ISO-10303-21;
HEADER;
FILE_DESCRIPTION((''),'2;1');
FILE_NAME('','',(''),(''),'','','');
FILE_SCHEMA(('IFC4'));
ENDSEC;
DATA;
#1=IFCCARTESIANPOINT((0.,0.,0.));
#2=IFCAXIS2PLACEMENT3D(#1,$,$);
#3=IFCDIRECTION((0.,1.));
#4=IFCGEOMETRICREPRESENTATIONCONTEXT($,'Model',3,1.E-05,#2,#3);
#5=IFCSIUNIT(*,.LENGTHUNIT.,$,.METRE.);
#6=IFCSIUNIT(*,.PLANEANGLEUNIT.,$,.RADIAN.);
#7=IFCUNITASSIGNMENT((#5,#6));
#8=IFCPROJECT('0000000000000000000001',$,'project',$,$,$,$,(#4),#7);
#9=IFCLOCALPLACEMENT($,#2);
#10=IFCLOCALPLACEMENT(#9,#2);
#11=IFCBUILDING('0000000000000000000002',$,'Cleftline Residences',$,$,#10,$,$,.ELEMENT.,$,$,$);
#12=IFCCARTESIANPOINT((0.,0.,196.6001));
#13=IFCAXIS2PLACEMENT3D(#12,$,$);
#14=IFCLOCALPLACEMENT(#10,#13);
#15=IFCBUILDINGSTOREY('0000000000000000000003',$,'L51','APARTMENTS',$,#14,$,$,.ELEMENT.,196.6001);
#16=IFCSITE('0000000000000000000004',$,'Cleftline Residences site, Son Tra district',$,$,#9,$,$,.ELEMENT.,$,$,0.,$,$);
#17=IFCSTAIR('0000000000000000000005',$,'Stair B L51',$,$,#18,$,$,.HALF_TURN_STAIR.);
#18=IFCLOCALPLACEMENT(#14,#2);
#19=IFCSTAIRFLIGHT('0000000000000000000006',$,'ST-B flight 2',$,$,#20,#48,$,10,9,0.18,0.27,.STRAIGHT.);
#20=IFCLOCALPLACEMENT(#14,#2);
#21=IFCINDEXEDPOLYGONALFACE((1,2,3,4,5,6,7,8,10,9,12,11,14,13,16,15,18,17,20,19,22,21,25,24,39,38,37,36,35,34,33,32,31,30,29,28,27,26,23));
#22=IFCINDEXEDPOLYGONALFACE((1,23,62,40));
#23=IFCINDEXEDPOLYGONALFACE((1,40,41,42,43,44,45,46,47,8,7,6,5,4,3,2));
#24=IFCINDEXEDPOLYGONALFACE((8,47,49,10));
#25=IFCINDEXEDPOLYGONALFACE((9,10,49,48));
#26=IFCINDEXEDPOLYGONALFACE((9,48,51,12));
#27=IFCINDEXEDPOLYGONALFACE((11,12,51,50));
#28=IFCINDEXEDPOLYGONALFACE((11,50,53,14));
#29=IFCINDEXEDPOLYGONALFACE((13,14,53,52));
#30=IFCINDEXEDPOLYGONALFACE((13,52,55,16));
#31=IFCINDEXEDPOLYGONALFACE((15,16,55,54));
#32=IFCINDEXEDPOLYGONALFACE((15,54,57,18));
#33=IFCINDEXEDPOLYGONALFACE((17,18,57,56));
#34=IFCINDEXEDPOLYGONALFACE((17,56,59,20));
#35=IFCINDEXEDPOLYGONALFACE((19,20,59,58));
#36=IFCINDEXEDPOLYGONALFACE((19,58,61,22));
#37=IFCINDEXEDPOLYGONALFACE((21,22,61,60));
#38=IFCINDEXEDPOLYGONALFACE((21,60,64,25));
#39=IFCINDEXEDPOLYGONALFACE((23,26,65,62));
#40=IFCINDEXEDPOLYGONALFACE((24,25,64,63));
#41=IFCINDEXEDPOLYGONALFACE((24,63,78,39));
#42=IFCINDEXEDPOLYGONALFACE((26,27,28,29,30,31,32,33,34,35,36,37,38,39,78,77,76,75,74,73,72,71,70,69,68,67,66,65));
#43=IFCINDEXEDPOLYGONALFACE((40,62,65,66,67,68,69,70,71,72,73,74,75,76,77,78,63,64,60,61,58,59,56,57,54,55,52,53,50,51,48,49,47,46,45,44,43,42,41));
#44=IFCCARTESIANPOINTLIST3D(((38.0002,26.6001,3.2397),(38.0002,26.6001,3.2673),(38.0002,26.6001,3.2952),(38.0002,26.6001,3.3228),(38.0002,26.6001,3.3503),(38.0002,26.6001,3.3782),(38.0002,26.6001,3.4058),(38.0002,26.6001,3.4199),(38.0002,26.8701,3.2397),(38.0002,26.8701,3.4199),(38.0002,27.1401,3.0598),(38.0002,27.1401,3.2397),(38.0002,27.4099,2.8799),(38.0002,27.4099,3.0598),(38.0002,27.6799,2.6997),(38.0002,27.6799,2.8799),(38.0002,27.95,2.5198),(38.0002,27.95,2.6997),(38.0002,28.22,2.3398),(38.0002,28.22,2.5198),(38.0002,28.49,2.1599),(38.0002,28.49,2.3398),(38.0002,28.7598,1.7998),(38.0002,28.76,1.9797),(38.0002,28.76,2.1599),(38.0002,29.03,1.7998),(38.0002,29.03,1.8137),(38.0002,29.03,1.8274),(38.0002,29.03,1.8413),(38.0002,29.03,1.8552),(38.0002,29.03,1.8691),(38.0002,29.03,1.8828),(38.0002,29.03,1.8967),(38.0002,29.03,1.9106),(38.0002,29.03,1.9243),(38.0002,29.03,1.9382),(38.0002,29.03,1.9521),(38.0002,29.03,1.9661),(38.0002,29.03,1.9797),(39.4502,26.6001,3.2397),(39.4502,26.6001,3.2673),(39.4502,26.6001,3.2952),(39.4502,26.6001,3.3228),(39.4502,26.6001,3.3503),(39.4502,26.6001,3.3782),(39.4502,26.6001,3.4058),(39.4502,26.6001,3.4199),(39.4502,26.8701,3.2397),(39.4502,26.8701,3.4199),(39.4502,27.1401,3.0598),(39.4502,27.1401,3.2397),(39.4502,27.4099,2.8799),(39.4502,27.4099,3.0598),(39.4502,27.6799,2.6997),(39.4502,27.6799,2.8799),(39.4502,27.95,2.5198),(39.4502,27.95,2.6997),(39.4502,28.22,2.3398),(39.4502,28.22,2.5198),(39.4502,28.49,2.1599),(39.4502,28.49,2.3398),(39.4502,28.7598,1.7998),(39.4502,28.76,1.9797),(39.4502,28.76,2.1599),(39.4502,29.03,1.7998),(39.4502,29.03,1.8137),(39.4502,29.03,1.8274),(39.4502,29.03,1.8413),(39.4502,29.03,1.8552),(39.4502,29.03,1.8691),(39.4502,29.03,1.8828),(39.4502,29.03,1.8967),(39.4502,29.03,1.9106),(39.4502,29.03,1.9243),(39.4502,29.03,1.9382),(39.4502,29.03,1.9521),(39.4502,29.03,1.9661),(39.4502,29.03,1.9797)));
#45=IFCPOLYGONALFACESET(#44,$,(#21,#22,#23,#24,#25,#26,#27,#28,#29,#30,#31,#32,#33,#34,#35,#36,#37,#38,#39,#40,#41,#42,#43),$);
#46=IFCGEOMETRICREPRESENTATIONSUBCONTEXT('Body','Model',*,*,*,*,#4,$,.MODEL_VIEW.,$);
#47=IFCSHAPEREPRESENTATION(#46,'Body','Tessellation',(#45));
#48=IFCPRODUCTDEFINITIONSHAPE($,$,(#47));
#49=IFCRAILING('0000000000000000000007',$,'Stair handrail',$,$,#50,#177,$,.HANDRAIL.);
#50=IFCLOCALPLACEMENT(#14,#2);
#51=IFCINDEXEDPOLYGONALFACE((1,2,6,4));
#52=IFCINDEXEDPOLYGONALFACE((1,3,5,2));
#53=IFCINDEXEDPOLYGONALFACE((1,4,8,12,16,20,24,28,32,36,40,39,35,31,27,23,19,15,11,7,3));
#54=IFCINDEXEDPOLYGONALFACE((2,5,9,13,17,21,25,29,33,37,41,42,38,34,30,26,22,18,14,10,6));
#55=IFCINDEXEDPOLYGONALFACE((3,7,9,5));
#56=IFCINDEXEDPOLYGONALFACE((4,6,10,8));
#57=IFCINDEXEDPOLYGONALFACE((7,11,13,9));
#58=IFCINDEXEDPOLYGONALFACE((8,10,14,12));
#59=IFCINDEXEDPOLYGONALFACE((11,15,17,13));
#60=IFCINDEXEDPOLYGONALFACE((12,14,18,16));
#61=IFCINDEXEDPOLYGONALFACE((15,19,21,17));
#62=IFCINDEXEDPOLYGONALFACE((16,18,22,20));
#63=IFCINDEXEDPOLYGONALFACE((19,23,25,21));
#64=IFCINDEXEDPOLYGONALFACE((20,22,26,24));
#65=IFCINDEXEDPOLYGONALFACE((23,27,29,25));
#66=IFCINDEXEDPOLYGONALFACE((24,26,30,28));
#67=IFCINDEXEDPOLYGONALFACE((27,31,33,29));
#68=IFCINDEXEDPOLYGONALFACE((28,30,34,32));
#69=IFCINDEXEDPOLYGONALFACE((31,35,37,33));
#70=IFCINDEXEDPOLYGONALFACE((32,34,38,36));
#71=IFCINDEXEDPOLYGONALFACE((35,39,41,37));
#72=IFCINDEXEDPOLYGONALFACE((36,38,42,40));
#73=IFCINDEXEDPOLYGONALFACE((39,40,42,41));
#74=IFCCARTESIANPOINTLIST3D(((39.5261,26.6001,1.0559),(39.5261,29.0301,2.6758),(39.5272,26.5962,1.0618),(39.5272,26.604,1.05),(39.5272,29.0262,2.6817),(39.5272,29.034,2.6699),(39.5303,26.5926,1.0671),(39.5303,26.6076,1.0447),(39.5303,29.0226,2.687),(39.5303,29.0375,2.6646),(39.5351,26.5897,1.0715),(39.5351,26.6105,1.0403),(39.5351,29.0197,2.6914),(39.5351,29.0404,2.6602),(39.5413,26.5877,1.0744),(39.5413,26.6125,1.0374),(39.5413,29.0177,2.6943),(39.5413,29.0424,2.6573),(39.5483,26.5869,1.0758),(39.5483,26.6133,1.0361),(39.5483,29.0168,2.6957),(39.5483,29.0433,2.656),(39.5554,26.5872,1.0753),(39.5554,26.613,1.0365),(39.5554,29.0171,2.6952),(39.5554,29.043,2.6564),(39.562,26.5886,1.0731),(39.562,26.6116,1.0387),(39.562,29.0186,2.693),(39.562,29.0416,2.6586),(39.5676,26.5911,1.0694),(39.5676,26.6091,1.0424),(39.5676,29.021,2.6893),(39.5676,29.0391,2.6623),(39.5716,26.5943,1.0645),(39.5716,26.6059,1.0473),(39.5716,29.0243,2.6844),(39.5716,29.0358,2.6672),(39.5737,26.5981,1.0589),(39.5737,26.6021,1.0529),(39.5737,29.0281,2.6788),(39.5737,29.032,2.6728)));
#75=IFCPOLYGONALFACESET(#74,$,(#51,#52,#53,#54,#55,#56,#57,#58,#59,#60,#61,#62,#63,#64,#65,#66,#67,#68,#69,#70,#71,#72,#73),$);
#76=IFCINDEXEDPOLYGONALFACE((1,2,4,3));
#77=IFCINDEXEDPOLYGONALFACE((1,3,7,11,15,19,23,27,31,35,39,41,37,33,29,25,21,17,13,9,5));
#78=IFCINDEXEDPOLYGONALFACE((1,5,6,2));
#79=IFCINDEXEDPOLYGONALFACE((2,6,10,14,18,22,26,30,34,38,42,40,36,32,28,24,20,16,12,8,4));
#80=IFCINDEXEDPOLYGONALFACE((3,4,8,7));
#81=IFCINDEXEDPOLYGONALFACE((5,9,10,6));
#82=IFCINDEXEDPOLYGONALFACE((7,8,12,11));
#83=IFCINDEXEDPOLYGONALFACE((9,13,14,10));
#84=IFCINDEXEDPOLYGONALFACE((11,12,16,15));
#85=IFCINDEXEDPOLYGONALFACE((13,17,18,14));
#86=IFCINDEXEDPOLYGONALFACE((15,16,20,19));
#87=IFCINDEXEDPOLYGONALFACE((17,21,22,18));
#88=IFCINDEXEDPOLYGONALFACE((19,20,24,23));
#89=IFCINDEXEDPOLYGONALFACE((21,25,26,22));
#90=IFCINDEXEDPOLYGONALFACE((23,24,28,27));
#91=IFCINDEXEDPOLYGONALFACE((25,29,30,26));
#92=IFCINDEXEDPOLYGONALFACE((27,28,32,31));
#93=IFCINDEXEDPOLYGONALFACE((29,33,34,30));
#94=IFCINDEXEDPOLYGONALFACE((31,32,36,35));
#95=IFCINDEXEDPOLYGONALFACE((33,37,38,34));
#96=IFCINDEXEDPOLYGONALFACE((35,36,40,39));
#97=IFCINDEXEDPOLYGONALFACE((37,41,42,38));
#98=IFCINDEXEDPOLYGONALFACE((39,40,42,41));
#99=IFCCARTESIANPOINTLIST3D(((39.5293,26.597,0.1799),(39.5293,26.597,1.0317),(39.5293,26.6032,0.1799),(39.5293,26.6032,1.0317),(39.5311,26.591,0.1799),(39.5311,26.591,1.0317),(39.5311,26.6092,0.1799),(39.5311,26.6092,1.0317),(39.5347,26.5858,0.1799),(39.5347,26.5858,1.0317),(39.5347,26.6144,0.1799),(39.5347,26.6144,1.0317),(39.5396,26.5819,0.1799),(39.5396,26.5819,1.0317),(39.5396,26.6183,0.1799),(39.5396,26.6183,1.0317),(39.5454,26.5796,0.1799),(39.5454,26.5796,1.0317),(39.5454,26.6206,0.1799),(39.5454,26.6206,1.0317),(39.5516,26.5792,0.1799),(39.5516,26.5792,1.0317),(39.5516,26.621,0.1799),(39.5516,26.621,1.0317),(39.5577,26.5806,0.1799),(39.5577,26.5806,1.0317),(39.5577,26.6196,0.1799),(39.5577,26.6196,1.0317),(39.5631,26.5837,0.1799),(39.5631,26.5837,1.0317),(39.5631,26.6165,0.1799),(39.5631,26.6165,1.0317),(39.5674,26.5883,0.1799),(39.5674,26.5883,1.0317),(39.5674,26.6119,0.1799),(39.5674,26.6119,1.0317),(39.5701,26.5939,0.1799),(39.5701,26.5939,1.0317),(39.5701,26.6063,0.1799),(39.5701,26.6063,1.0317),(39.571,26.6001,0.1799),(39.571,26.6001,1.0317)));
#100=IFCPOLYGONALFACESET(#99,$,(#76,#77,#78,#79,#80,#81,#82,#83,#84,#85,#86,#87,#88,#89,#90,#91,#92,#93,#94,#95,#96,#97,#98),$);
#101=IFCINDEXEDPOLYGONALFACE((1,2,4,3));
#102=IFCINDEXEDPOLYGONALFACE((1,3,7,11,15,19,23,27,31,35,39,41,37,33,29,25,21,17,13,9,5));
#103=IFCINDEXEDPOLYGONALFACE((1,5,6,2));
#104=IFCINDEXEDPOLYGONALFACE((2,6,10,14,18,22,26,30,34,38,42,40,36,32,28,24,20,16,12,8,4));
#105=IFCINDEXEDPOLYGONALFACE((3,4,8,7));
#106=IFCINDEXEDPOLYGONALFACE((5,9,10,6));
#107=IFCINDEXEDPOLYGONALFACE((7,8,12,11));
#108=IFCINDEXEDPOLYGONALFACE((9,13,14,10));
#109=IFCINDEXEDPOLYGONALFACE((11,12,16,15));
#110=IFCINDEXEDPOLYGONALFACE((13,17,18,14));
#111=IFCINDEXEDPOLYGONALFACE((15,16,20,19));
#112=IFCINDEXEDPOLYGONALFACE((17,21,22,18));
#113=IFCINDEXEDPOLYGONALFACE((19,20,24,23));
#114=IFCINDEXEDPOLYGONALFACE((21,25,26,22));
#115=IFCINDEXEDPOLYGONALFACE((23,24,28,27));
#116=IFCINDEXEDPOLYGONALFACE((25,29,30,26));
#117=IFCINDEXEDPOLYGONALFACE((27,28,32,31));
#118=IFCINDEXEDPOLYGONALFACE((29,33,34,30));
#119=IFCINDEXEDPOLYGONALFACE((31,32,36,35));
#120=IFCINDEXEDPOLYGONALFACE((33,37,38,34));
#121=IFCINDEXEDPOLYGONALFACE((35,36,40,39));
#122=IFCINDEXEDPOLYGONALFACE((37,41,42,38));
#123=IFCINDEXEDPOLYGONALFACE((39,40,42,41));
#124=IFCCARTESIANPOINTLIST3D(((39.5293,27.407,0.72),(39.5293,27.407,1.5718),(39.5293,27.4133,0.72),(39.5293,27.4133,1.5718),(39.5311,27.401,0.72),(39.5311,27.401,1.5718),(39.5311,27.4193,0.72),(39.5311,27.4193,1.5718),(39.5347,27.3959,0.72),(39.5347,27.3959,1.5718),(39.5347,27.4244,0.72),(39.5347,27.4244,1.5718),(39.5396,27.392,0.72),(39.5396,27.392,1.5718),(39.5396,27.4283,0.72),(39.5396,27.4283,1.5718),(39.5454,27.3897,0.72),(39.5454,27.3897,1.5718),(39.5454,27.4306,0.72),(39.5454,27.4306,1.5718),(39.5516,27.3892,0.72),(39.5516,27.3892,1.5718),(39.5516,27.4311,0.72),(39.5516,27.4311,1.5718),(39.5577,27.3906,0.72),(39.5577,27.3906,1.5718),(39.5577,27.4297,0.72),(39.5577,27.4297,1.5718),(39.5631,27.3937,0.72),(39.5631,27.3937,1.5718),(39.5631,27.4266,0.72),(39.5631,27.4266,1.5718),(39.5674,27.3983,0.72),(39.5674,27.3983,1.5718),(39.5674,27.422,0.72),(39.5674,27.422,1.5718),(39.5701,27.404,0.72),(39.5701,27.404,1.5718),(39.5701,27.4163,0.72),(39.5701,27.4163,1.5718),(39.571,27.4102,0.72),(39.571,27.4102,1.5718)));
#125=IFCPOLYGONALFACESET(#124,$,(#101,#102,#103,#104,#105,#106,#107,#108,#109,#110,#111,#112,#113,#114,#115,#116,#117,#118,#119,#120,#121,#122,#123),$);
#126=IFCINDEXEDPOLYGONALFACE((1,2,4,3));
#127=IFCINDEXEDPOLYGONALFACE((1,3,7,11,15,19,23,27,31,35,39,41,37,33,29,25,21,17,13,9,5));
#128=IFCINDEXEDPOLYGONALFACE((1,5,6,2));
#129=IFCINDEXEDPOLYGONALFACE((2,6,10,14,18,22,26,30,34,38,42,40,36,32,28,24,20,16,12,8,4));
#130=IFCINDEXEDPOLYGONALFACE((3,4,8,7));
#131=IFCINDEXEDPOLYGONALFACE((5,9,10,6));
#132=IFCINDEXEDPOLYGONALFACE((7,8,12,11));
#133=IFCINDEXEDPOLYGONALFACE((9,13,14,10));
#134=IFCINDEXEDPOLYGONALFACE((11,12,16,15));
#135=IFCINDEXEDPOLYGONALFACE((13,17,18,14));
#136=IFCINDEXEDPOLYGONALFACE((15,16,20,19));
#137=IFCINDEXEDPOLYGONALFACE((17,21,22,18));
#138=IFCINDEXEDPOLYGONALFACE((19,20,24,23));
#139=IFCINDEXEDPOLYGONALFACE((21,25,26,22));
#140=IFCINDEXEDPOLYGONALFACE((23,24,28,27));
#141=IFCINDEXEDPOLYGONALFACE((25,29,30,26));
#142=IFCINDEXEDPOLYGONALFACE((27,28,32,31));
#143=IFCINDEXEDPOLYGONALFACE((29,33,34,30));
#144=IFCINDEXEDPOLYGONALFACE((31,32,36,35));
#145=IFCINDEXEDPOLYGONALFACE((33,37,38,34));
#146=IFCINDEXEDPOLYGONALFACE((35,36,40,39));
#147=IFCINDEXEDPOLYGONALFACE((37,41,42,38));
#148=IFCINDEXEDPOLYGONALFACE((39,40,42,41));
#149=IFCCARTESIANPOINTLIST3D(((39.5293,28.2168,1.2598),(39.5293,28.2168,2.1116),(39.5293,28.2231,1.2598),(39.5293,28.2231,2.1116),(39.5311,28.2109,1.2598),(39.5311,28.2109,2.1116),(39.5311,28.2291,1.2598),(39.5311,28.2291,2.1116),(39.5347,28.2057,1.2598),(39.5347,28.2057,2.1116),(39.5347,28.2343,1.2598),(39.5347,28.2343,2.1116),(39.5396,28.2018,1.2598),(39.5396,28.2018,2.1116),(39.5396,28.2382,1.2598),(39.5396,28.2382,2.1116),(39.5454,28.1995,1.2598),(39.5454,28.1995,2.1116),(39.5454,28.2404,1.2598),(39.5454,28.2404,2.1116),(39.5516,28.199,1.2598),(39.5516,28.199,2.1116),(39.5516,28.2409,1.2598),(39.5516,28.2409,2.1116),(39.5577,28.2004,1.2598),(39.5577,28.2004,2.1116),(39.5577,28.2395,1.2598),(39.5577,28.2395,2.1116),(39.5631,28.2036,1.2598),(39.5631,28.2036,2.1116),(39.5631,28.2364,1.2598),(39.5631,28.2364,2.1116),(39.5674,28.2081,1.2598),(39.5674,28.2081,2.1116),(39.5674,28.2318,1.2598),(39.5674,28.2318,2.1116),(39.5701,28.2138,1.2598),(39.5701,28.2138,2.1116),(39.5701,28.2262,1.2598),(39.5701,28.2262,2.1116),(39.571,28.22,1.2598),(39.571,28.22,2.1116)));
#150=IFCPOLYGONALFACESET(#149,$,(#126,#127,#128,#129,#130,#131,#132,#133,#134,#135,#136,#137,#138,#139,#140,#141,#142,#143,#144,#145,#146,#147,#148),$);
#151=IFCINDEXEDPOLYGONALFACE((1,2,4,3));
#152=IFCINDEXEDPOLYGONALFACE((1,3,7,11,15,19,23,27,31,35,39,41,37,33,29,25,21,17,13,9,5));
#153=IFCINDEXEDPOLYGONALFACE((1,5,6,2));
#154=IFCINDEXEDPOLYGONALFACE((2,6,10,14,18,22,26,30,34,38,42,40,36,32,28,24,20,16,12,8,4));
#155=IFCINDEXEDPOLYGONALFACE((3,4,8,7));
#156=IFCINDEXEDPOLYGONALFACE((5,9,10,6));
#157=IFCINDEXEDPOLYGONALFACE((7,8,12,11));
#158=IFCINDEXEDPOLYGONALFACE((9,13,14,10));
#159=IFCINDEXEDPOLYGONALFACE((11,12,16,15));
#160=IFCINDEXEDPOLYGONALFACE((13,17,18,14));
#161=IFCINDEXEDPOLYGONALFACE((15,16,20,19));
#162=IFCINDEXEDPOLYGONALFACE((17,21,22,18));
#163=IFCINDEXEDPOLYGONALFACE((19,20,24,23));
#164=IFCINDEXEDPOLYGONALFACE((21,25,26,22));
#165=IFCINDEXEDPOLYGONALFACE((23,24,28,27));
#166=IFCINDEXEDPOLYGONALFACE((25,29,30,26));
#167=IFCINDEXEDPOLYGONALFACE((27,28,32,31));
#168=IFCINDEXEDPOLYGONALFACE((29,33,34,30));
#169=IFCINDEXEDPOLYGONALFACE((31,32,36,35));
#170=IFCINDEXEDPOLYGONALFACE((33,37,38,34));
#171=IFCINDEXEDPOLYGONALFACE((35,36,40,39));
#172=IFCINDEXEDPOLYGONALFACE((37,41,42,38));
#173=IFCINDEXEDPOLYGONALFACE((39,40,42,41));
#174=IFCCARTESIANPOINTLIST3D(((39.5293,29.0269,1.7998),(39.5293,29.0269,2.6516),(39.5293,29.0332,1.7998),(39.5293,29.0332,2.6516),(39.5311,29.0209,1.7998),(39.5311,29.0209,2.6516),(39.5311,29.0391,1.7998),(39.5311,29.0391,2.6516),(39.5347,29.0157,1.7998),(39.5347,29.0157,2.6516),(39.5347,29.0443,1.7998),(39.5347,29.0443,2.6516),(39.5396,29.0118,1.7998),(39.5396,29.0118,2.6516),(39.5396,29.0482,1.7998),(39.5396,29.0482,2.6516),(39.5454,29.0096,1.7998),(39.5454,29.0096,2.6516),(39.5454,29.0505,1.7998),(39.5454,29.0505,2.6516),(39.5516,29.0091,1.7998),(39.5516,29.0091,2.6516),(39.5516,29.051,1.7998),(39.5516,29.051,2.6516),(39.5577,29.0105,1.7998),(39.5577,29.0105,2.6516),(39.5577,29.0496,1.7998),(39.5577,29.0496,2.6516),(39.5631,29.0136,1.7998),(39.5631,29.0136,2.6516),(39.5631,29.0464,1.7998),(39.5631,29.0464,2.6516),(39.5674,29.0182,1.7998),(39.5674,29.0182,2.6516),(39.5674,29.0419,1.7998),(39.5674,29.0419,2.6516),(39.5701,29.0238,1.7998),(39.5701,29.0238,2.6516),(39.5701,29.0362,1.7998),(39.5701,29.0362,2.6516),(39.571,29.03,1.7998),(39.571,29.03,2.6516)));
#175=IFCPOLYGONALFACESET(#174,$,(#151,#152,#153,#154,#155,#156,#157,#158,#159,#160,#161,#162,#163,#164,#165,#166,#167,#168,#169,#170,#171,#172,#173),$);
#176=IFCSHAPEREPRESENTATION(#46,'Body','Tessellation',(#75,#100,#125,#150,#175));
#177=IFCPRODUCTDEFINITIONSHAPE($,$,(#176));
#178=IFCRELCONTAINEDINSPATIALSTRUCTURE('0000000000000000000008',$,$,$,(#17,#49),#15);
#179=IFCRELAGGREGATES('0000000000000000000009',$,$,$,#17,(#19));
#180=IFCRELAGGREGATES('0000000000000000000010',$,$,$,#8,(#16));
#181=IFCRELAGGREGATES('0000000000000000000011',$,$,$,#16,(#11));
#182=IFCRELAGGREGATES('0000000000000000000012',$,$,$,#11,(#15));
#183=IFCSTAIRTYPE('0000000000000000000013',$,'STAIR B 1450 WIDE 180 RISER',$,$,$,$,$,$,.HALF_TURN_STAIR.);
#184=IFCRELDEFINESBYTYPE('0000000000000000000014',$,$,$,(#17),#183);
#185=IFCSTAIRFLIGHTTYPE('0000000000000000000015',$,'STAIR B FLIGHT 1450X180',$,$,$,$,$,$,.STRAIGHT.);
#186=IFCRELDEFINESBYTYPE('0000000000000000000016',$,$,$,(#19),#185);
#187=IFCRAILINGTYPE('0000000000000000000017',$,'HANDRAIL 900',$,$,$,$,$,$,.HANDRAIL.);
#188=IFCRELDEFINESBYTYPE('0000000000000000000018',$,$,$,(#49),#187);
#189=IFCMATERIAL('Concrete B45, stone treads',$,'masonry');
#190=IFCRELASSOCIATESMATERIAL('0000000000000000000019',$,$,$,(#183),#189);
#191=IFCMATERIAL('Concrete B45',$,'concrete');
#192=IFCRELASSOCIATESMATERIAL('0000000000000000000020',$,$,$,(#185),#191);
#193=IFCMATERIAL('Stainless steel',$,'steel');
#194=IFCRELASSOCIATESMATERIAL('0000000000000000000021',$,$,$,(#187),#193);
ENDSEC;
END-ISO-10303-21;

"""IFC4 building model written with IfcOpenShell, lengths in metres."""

from ifc_helpers import new_model, si_unit, direction, frame, origin, origin_2d, place, context, subcontext, project, spatial, polyline, circle, outline, extrude, material, type_object, element, aggregate, save


model = new_model("IFC4")

# Units and contexts
model_context = context("Model", 3, precision=1e-05, world=origin(), true_north=direction((0.0, 1.0)))
body_context = subcontext(model_context, "Body", "Model", "MODEL_VIEW")
ifc_project = project(units=[si_unit("LENGTHUNIT", "METRE"), si_unit("PLANEANGLEUNIT", "RADIAN")], contexts=[model_context])

# Site, building, storey
site_placement = place(None, origin())
site = spatial("IfcSite", under=ifc_project, at=site_placement, Name="Cleftline Residences site, Son Tra district", CompositionType="ELEMENT", RefElevation=0.0)
building_placement = place(site_placement, origin())
building = spatial("IfcBuilding", under=site, at=building_placement, Name="Cleftline Residences", CompositionType="ELEMENT")
storey_placement = place(building_placement, frame((0.0, 0.0, 196.6001)))
storey = spatial("IfcBuildingStorey", under=building, at=storey_placement, Name="L51", Description="APARTMENTS", CompositionType="ELEMENT", Elevation=196.6001)

# Stair, stair flight
ifc_material_1 = material(Name="Concrete B45, stone treads", Category="masonry")
stair_type = type_object("IfcStairType", Name="STAIR B 1450 WIDE 180 RISER", PredefinedType="HALF_TURN_STAIR", material=ifc_material_1)
stair_placement = place(storey_placement, origin())
stair = element("IfcStair", 1, at=stair_placement, inside=storey, type_object=stair_type, Name="Stair B L51", PredefinedType="HALF_TURN_STAIR")
ifc_material_2 = material(Name="Concrete B45", Category="concrete")
stair_flight_type = type_object("IfcStairFlightType", Name="STAIR B FLIGHT 1450X180", PredefinedType="STRAIGHT", material=ifc_material_2)
stair_flight_1_placement = place(storey_placement, frame((38.7251, 29.03, 1.7998), z_axis=(0.0, 0.0, 1.0), x_axis=(0.0, -1.0, 0.0)))
stair_flight_1 = element("IfcStairFlight", 2, at=stair_flight_1_placement, type_object=stair_flight_type, Name="ST-B flight 2", NumberOfRisers=10, NumberOfTreads=9, PredefinedType="STRAIGHT", RiserHeight=0.18, TreadLength=0.27, context=body_context, shape_type="SweptSolid", body=[
    extrude(outline(polyline([(0.0, 0.0), (0.0, 0.0139), (0.0, 0.0276), (0.0, 0.0415), (0.0, 0.0554), (0.0, 0.0693), (0.0, 0.083), (0.0, 0.0969), (0.0, 0.1108), (0.0, 0.1245), (0.0, 0.1384), (0.0, 0.1523), (0.0, 0.1663), (0.0, 0.1799), (0.27, 0.1799), (0.27, 0.3601), (0.54, 0.3601), (0.54, 0.54), (0.8101, 0.54), (0.8101, 0.72), (1.0801, 0.72), (1.0801, 0.8999), (1.3501, 0.8999), (1.3501, 1.0801), (1.6201, 1.0801), (1.6201, 1.26), (1.8899, 1.26), (1.8899, 1.4399), (2.1599, 1.4399), (2.1599, 1.6201), (2.4299, 1.6201), (2.4299, 1.8), (2.4299, 1.7722), (2.4299, 1.7446), (2.4299, 1.7168), (2.4299, 1.6892), (2.4299, 1.6614), (2.4299, 1.6338), (2.4299, 1.606), (2.4299, 1.5784), (2.4299, 1.5505), (2.4299, 1.5229), (2.4299, 1.4954), (2.4299, 1.4675), (2.4299, 1.4399), (0.2703, 0.0), (0.0, 0.0)])), frame((0.0, 0.7251, 0.0), z_axis=(0.0, -1.0, 0.0), x_axis=(1.0, 0.0, 0.0)), (0.0, 0.0, 1.0), 1.45),
])
aggregate(stair, [stair_flight_1])

# Railing
ifc_material_3 = material(Name="Stainless steel", Category="steel")
railing_type = type_object("IfcRailingType", Name="HANDRAIL 900", PredefinedType="HANDRAIL", material=ifc_material_3)
railing_1_placement = place(storey_placement, frame((39.55, 26.6001, 0.1799)))
element("IfcRailing", 3, at=railing_1_placement, inside=storey, type_object=railing_type, Name="Stair handrail", PredefinedType="HANDRAIL", context=body_context, shape_type="SweptSolid", body=[
    extrude(circle(Radius=0.0239, at=origin_2d()), frame((0.0, 0.0, 0.876), z_axis=(0.0, 0.832063, 0.554681), x_axis=(-1.0, 0.0, 0.0)), (0.0, 0.0, 1.0), 2.9204),
    extrude(circle(Radius=0.021, at=origin_2d()), origin(), (0.0, 0.0, 1.0), 0.8518),
    extrude(circle(Radius=0.021, at=origin_2d()), frame((0.0, 0.8101, 0.54)), (0.0, 0.0, 1.0), 0.8518),
    extrude(circle(Radius=0.021, at=origin_2d()), frame((0.0, 1.6199, 1.0798)), (0.0, 0.0, 1.0), 0.8518),
    extrude(circle(Radius=0.021, at=origin_2d()), frame((0.0, 2.4299, 1.6199)), (0.0, 0.0, 1.0), 0.8518),
])

save(model, "model.ifc")
